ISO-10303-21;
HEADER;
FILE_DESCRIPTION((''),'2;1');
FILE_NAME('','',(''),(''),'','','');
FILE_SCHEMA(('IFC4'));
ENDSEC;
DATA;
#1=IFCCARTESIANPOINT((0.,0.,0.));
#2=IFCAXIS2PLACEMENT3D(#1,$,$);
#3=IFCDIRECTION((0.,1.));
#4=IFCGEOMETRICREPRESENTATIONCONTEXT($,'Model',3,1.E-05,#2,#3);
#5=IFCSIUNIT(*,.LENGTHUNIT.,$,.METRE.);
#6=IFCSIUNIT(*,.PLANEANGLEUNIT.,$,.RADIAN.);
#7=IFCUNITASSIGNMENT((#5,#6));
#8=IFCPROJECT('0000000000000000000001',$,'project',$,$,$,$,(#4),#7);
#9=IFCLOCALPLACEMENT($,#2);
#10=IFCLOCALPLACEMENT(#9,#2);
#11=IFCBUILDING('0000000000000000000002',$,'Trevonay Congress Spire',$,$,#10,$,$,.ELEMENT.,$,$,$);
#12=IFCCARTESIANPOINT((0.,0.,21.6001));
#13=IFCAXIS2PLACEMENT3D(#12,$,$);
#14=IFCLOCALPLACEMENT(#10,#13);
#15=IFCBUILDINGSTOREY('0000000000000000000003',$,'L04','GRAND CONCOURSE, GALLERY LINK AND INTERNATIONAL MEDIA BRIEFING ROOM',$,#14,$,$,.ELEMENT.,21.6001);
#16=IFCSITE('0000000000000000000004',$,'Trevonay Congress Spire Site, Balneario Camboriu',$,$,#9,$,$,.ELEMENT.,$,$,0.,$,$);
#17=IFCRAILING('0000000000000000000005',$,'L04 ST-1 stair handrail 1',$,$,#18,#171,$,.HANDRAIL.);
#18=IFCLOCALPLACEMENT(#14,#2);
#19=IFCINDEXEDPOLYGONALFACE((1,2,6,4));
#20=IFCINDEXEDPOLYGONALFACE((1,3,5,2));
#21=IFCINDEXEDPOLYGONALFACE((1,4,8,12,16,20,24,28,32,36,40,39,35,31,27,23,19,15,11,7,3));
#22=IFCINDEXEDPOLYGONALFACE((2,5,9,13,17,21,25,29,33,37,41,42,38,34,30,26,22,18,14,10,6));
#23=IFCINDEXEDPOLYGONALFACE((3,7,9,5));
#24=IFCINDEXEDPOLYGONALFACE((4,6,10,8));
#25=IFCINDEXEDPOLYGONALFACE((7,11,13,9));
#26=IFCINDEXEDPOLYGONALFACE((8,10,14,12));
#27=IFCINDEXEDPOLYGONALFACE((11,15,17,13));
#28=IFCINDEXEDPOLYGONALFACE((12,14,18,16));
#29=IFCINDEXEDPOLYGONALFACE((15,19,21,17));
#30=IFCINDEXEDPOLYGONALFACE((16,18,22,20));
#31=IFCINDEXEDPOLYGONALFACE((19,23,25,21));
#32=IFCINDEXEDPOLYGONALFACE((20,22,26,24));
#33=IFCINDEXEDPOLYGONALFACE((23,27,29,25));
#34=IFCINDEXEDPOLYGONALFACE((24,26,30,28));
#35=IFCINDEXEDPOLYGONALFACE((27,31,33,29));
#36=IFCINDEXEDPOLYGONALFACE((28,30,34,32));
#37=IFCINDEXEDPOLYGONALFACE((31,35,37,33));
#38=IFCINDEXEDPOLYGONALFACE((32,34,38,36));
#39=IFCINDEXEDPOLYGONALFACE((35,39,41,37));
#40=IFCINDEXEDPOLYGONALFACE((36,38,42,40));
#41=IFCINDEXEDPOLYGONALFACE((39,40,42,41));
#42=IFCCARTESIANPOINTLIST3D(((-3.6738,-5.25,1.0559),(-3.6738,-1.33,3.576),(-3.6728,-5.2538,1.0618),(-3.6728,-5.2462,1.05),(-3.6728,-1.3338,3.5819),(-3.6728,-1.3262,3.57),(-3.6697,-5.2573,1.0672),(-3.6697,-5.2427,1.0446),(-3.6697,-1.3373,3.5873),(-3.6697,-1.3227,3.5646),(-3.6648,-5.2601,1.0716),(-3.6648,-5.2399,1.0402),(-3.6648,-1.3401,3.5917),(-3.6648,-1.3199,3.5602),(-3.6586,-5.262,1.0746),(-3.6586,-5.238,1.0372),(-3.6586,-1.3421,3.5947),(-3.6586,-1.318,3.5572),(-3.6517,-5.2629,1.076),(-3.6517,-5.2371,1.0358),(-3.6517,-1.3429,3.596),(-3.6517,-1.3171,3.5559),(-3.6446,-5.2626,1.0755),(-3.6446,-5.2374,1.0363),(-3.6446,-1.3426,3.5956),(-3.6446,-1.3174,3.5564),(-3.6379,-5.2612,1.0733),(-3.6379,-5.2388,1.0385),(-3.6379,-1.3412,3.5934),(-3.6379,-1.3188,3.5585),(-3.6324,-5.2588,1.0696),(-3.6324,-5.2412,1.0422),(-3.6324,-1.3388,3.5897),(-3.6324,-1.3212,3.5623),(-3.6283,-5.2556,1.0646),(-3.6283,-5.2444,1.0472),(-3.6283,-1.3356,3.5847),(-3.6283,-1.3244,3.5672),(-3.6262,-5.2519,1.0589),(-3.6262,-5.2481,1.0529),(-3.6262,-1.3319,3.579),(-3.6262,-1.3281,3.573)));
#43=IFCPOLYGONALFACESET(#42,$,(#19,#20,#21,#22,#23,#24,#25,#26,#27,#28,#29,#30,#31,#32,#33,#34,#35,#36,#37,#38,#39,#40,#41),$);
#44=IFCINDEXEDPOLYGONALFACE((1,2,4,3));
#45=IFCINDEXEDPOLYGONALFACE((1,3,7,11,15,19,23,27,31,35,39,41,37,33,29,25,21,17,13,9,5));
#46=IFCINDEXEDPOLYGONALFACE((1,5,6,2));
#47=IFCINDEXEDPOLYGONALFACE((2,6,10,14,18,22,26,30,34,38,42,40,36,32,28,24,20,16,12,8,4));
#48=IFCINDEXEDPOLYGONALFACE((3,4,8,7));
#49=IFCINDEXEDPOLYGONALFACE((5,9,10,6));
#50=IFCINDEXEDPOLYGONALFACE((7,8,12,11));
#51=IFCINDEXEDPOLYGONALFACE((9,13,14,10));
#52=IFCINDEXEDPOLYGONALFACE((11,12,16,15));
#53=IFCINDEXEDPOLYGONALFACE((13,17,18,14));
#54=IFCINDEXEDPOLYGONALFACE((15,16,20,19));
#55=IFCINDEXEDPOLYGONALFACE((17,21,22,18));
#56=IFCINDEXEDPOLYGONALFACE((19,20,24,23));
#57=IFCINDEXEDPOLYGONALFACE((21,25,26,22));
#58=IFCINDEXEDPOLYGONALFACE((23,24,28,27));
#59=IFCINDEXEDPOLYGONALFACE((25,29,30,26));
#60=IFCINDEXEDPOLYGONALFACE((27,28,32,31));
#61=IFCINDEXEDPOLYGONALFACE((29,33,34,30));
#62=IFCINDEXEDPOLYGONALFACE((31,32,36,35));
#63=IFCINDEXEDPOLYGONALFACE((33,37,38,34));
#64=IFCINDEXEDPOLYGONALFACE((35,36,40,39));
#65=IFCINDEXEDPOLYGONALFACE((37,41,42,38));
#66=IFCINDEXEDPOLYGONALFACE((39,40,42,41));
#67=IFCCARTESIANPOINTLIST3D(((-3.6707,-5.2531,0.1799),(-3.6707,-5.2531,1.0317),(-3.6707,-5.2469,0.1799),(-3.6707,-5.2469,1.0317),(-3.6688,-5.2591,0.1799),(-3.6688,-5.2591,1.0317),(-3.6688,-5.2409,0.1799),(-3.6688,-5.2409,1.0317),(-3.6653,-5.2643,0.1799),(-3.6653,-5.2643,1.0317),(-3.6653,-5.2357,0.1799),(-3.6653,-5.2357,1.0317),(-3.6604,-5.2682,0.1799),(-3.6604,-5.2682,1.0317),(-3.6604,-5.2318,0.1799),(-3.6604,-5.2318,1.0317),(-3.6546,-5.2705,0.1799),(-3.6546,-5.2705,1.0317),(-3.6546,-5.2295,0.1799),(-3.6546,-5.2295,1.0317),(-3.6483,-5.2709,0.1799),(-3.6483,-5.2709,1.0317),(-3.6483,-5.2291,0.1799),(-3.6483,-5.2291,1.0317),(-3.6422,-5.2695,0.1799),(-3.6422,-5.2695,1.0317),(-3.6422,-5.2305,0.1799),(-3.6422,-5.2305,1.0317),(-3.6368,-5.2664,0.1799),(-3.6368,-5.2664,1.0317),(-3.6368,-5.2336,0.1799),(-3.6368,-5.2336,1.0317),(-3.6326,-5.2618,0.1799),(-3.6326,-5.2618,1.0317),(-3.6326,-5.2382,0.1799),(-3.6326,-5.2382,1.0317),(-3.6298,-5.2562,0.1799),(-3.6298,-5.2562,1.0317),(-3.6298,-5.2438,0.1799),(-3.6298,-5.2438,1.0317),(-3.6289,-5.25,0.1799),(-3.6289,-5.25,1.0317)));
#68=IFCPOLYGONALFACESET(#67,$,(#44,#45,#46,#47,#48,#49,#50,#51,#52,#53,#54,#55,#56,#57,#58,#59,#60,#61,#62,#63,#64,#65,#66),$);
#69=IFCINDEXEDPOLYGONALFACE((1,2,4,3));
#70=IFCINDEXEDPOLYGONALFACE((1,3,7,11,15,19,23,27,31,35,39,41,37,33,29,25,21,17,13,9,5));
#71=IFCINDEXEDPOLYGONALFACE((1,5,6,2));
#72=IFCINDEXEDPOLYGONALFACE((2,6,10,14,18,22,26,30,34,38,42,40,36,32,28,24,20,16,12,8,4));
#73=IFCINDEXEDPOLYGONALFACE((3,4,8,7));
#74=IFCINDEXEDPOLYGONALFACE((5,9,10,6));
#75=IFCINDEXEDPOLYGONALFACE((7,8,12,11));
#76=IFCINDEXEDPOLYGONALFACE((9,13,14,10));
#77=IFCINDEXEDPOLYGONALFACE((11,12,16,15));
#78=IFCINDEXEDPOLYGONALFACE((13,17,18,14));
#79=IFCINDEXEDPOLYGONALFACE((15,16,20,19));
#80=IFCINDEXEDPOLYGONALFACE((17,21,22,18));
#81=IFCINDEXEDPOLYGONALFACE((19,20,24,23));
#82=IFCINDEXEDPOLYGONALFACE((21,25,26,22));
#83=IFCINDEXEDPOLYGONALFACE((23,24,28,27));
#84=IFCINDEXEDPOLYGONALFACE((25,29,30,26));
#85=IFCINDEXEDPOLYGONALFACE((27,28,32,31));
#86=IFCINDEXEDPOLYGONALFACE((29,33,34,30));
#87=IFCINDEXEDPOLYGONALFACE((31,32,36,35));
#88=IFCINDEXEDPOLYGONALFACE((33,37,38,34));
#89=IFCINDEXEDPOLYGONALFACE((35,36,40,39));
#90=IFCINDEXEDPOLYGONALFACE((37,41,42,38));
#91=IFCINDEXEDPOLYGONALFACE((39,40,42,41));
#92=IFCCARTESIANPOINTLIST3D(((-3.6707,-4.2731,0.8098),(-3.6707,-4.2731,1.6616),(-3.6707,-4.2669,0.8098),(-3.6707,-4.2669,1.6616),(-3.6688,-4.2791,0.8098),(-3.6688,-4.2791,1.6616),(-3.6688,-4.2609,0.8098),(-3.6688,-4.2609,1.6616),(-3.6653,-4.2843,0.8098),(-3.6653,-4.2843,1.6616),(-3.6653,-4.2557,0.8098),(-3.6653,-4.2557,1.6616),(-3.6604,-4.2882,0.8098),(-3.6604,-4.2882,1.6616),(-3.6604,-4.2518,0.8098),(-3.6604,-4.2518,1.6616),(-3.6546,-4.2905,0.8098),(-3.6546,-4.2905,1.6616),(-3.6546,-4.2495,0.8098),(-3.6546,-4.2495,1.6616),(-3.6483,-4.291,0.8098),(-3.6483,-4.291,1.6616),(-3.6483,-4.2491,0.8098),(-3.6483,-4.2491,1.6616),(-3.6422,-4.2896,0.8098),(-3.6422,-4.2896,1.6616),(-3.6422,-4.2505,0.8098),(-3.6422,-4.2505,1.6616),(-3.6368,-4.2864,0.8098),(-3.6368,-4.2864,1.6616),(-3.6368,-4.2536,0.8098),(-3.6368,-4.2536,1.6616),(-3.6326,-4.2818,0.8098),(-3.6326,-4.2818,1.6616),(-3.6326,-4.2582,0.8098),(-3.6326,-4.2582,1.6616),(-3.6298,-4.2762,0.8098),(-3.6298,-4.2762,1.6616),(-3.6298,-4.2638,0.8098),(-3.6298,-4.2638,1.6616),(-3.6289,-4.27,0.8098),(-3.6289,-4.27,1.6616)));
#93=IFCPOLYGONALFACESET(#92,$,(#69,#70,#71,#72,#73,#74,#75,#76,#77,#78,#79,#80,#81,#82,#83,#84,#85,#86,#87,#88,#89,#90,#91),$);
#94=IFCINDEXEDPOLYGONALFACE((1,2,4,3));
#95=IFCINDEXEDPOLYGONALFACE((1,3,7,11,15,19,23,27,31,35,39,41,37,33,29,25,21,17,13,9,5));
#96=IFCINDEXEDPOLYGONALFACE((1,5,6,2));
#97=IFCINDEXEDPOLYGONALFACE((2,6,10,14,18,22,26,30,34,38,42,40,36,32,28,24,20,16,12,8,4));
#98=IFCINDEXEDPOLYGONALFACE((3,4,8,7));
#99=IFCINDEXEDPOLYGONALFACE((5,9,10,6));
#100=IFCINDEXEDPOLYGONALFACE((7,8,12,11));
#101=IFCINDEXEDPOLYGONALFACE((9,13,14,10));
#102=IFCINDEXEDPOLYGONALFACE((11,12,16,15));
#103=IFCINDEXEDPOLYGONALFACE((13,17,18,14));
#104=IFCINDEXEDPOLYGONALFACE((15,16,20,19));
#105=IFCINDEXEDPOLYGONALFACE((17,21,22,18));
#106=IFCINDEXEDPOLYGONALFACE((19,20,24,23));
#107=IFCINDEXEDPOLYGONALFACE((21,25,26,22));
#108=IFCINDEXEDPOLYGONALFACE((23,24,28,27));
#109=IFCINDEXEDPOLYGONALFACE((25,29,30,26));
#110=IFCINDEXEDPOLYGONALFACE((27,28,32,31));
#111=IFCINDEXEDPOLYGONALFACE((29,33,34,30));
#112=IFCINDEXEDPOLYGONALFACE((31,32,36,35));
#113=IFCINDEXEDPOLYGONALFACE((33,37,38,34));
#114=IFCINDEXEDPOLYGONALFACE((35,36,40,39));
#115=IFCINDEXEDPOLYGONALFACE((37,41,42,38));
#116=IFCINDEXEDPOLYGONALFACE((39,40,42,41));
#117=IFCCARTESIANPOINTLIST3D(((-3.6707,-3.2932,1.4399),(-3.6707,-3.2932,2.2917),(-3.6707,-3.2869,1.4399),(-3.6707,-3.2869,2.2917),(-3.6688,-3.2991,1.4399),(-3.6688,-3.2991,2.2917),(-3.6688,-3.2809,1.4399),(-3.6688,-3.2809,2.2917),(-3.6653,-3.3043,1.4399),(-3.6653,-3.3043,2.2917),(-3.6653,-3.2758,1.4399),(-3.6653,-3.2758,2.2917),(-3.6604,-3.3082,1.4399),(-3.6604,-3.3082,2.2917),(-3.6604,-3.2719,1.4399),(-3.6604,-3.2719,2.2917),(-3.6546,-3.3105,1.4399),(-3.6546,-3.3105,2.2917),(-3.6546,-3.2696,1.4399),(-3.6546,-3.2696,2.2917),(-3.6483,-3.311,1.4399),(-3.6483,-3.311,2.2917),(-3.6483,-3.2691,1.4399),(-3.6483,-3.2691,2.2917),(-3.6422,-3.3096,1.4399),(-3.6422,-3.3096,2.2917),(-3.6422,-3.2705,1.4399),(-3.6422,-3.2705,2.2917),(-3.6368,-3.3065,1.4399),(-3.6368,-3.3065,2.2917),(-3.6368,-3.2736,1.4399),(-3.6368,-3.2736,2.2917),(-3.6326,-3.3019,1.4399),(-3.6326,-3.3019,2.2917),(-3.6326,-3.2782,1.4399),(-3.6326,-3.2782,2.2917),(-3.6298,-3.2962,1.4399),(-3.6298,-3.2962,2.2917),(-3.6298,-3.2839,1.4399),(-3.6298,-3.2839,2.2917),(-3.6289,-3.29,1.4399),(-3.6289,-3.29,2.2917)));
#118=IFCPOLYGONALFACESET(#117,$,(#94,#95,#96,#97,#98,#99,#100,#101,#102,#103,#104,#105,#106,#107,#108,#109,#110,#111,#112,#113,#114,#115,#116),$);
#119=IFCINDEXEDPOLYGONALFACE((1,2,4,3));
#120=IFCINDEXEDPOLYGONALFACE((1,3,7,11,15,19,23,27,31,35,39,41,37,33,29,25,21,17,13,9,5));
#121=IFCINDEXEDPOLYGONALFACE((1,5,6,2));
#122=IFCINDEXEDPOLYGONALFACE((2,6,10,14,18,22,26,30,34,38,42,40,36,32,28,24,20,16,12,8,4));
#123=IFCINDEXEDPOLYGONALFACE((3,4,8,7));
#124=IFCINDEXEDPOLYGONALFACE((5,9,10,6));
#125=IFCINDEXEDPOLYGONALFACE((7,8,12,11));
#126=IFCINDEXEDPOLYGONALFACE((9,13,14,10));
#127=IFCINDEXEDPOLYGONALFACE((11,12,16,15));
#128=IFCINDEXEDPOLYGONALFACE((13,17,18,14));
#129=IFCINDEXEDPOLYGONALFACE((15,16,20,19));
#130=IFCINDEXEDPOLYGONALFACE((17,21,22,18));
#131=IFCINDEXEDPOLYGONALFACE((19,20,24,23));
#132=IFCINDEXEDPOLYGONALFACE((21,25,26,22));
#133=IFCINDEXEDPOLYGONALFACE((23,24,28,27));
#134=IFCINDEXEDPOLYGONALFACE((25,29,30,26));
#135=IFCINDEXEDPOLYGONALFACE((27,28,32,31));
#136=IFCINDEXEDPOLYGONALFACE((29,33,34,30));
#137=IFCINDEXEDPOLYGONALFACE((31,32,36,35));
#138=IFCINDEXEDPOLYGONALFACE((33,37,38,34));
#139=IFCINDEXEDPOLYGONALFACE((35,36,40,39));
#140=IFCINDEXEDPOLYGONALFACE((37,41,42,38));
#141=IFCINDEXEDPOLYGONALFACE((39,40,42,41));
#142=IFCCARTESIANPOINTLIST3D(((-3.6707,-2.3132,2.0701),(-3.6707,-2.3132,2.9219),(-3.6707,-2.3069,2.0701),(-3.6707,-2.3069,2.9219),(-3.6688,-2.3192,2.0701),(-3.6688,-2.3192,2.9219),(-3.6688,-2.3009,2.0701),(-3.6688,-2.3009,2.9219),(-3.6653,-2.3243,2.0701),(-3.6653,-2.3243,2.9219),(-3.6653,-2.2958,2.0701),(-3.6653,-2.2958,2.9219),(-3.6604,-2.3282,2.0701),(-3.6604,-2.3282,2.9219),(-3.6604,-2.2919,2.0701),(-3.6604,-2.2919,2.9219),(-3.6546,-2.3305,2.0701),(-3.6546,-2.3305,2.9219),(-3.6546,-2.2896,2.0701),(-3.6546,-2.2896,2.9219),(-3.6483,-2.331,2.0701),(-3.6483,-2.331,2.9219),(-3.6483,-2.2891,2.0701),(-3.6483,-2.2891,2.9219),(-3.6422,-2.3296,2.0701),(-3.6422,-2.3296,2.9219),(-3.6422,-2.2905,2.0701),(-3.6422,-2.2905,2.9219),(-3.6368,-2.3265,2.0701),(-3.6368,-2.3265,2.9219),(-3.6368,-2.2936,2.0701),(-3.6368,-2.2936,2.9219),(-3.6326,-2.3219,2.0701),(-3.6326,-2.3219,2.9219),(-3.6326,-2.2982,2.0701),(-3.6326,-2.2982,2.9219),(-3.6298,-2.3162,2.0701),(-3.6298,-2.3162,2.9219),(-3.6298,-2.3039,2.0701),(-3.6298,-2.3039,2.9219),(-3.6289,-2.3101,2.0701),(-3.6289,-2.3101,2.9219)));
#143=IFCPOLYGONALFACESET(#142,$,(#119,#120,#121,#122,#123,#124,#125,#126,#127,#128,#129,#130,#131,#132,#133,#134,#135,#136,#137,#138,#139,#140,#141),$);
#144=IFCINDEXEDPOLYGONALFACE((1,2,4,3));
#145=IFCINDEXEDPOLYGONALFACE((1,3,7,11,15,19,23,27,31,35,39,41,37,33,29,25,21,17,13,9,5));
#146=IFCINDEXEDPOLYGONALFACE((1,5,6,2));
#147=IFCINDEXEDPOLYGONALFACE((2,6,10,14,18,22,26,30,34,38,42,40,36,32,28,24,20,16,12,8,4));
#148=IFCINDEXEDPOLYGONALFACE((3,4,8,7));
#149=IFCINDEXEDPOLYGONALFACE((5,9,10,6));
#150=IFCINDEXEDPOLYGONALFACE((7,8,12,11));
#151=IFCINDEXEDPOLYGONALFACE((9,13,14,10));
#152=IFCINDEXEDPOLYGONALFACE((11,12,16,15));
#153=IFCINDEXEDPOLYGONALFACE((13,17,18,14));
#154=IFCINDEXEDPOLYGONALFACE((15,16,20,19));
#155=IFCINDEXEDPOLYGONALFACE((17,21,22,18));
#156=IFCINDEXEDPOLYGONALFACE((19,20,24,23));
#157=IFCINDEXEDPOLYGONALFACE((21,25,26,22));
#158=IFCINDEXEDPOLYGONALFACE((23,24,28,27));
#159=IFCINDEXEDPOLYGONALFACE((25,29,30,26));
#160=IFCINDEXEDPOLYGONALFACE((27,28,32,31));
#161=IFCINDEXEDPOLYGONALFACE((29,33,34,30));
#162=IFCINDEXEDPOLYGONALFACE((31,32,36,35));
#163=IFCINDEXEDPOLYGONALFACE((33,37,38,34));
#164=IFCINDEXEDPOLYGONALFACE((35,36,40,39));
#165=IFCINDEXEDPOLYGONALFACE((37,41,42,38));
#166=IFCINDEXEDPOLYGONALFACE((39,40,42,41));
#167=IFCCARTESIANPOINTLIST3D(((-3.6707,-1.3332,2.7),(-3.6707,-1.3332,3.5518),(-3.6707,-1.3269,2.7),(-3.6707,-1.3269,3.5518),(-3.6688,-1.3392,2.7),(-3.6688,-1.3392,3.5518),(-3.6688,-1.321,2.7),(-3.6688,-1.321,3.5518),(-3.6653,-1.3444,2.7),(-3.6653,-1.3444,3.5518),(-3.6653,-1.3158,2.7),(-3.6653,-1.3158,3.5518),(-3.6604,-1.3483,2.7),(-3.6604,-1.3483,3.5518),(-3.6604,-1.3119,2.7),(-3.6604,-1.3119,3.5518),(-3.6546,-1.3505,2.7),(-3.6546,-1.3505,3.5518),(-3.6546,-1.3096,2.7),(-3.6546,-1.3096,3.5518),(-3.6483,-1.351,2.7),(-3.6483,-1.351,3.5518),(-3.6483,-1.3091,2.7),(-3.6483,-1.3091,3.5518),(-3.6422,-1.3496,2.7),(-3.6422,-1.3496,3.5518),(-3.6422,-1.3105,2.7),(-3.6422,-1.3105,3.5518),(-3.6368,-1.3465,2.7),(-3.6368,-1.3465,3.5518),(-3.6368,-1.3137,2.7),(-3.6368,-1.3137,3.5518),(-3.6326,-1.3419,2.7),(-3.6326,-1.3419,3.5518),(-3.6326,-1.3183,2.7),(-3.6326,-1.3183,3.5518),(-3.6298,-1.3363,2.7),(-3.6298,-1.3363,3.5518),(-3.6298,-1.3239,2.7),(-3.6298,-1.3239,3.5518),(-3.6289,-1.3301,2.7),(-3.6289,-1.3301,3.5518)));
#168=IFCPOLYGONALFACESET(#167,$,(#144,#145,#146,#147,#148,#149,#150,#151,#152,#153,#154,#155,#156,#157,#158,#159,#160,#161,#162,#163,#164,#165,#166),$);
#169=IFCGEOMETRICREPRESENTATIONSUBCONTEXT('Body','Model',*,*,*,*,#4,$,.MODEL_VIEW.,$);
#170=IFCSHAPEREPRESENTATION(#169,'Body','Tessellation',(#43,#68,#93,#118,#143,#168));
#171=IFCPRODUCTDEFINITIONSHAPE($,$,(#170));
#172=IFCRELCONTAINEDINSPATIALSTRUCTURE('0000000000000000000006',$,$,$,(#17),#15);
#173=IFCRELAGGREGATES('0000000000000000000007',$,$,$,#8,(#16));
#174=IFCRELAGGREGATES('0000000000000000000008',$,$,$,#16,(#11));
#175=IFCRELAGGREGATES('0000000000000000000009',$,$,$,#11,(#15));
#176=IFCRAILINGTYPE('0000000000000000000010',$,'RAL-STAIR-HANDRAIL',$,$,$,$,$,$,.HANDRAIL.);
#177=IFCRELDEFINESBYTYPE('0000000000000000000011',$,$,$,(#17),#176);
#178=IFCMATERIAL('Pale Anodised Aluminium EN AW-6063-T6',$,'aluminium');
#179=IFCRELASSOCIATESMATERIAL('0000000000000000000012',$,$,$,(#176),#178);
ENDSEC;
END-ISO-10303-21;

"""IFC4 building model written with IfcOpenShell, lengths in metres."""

from ifc_helpers import new_model, si_unit, direction, frame, origin, origin_2d, place, context, subcontext, project, spatial, circle, extrude, material, type_object, element, save


model = new_model("IFC4")

# Units and contexts
model_context = context("Model", 3, precision=1e-05, world=origin(), true_north=direction((0.0, 1.0)))
body_context = subcontext(model_context, "Body", "Model", "MODEL_VIEW")
ifc_project = project(units=[si_unit("LENGTHUNIT", "METRE"), si_unit("PLANEANGLEUNIT", "RADIAN")], contexts=[model_context])

# Site, building, storey
site_placement = place(None, origin())
site = spatial("IfcSite", under=ifc_project, at=site_placement, Name="Trevonay Congress Spire Site, Balneario Camboriu", CompositionType="ELEMENT", RefElevation=0.0)
building_placement = place(site_placement, origin())
building = spatial("IfcBuilding", under=site, at=building_placement, Name="Trevonay Congress Spire", CompositionType="ELEMENT")
storey_placement = place(building_placement, frame((0.0, 0.0, 21.6001)))
storey = spatial("IfcBuildingStorey", under=building, at=storey_placement, Name="L04", Description="GRAND CONCOURSE, GALLERY LINK AND INTERNATIONAL MEDIA BRIEFING ROOM", CompositionType="ELEMENT", Elevation=21.6001)

# Shared definitions
ifc_material_1 = material(Name="Pale Anodised Aluminium EN AW-6063-T6", Category="aluminium")

# Railing
railing_type_1 = type_object("IfcRailingType", Name="RAL-STAIR-HANDRAIL", PredefinedType="HANDRAIL", material=ifc_material_1)
railing_1_placement = place(storey_placement, frame((-3.6499, -5.25, 0.1799)))
element("IfcRailing", 1, at=railing_1_placement, inside=storey, type_object=railing_type_1, Name="L04 ST-1 stair handrail 1", PredefinedType="HANDRAIL", context=body_context, shape_type="SweptSolid", body=[
    extrude(circle(Radius=0.0239, at=origin_2d()), frame((0.0, 0.0, 0.876), z_axis=(0.0, 0.841172, 0.540768), x_axis=(-1.0, 0.0, 0.0)), (0.0, 0.0, 1.0), 4.6602),
    extrude(circle(Radius=0.021, at=origin_2d()), origin(), (0.0, 0.0, 1.0), 0.8518),
    extrude(circle(Radius=0.021, at=origin_2d()), frame((0.0, 0.98, 0.6299)), (0.0, 0.0, 1.0), 0.8518),
    extrude(circle(Radius=0.021, at=origin_2d()), frame((0.0, 1.96, 1.26)), (0.0, 0.0, 1.0), 0.8518),
    extrude(circle(Radius=0.021, at=origin_2d()), frame((0.0, 2.9399, 1.8901)), (0.0, 0.0, 1.0), 0.8518),
    extrude(circle(Radius=0.021, at=origin_2d()), frame((0.0, 3.9199, 2.52)), (0.0, 0.0, 1.0), 0.8518),
])

save(model, "model.ifc")
